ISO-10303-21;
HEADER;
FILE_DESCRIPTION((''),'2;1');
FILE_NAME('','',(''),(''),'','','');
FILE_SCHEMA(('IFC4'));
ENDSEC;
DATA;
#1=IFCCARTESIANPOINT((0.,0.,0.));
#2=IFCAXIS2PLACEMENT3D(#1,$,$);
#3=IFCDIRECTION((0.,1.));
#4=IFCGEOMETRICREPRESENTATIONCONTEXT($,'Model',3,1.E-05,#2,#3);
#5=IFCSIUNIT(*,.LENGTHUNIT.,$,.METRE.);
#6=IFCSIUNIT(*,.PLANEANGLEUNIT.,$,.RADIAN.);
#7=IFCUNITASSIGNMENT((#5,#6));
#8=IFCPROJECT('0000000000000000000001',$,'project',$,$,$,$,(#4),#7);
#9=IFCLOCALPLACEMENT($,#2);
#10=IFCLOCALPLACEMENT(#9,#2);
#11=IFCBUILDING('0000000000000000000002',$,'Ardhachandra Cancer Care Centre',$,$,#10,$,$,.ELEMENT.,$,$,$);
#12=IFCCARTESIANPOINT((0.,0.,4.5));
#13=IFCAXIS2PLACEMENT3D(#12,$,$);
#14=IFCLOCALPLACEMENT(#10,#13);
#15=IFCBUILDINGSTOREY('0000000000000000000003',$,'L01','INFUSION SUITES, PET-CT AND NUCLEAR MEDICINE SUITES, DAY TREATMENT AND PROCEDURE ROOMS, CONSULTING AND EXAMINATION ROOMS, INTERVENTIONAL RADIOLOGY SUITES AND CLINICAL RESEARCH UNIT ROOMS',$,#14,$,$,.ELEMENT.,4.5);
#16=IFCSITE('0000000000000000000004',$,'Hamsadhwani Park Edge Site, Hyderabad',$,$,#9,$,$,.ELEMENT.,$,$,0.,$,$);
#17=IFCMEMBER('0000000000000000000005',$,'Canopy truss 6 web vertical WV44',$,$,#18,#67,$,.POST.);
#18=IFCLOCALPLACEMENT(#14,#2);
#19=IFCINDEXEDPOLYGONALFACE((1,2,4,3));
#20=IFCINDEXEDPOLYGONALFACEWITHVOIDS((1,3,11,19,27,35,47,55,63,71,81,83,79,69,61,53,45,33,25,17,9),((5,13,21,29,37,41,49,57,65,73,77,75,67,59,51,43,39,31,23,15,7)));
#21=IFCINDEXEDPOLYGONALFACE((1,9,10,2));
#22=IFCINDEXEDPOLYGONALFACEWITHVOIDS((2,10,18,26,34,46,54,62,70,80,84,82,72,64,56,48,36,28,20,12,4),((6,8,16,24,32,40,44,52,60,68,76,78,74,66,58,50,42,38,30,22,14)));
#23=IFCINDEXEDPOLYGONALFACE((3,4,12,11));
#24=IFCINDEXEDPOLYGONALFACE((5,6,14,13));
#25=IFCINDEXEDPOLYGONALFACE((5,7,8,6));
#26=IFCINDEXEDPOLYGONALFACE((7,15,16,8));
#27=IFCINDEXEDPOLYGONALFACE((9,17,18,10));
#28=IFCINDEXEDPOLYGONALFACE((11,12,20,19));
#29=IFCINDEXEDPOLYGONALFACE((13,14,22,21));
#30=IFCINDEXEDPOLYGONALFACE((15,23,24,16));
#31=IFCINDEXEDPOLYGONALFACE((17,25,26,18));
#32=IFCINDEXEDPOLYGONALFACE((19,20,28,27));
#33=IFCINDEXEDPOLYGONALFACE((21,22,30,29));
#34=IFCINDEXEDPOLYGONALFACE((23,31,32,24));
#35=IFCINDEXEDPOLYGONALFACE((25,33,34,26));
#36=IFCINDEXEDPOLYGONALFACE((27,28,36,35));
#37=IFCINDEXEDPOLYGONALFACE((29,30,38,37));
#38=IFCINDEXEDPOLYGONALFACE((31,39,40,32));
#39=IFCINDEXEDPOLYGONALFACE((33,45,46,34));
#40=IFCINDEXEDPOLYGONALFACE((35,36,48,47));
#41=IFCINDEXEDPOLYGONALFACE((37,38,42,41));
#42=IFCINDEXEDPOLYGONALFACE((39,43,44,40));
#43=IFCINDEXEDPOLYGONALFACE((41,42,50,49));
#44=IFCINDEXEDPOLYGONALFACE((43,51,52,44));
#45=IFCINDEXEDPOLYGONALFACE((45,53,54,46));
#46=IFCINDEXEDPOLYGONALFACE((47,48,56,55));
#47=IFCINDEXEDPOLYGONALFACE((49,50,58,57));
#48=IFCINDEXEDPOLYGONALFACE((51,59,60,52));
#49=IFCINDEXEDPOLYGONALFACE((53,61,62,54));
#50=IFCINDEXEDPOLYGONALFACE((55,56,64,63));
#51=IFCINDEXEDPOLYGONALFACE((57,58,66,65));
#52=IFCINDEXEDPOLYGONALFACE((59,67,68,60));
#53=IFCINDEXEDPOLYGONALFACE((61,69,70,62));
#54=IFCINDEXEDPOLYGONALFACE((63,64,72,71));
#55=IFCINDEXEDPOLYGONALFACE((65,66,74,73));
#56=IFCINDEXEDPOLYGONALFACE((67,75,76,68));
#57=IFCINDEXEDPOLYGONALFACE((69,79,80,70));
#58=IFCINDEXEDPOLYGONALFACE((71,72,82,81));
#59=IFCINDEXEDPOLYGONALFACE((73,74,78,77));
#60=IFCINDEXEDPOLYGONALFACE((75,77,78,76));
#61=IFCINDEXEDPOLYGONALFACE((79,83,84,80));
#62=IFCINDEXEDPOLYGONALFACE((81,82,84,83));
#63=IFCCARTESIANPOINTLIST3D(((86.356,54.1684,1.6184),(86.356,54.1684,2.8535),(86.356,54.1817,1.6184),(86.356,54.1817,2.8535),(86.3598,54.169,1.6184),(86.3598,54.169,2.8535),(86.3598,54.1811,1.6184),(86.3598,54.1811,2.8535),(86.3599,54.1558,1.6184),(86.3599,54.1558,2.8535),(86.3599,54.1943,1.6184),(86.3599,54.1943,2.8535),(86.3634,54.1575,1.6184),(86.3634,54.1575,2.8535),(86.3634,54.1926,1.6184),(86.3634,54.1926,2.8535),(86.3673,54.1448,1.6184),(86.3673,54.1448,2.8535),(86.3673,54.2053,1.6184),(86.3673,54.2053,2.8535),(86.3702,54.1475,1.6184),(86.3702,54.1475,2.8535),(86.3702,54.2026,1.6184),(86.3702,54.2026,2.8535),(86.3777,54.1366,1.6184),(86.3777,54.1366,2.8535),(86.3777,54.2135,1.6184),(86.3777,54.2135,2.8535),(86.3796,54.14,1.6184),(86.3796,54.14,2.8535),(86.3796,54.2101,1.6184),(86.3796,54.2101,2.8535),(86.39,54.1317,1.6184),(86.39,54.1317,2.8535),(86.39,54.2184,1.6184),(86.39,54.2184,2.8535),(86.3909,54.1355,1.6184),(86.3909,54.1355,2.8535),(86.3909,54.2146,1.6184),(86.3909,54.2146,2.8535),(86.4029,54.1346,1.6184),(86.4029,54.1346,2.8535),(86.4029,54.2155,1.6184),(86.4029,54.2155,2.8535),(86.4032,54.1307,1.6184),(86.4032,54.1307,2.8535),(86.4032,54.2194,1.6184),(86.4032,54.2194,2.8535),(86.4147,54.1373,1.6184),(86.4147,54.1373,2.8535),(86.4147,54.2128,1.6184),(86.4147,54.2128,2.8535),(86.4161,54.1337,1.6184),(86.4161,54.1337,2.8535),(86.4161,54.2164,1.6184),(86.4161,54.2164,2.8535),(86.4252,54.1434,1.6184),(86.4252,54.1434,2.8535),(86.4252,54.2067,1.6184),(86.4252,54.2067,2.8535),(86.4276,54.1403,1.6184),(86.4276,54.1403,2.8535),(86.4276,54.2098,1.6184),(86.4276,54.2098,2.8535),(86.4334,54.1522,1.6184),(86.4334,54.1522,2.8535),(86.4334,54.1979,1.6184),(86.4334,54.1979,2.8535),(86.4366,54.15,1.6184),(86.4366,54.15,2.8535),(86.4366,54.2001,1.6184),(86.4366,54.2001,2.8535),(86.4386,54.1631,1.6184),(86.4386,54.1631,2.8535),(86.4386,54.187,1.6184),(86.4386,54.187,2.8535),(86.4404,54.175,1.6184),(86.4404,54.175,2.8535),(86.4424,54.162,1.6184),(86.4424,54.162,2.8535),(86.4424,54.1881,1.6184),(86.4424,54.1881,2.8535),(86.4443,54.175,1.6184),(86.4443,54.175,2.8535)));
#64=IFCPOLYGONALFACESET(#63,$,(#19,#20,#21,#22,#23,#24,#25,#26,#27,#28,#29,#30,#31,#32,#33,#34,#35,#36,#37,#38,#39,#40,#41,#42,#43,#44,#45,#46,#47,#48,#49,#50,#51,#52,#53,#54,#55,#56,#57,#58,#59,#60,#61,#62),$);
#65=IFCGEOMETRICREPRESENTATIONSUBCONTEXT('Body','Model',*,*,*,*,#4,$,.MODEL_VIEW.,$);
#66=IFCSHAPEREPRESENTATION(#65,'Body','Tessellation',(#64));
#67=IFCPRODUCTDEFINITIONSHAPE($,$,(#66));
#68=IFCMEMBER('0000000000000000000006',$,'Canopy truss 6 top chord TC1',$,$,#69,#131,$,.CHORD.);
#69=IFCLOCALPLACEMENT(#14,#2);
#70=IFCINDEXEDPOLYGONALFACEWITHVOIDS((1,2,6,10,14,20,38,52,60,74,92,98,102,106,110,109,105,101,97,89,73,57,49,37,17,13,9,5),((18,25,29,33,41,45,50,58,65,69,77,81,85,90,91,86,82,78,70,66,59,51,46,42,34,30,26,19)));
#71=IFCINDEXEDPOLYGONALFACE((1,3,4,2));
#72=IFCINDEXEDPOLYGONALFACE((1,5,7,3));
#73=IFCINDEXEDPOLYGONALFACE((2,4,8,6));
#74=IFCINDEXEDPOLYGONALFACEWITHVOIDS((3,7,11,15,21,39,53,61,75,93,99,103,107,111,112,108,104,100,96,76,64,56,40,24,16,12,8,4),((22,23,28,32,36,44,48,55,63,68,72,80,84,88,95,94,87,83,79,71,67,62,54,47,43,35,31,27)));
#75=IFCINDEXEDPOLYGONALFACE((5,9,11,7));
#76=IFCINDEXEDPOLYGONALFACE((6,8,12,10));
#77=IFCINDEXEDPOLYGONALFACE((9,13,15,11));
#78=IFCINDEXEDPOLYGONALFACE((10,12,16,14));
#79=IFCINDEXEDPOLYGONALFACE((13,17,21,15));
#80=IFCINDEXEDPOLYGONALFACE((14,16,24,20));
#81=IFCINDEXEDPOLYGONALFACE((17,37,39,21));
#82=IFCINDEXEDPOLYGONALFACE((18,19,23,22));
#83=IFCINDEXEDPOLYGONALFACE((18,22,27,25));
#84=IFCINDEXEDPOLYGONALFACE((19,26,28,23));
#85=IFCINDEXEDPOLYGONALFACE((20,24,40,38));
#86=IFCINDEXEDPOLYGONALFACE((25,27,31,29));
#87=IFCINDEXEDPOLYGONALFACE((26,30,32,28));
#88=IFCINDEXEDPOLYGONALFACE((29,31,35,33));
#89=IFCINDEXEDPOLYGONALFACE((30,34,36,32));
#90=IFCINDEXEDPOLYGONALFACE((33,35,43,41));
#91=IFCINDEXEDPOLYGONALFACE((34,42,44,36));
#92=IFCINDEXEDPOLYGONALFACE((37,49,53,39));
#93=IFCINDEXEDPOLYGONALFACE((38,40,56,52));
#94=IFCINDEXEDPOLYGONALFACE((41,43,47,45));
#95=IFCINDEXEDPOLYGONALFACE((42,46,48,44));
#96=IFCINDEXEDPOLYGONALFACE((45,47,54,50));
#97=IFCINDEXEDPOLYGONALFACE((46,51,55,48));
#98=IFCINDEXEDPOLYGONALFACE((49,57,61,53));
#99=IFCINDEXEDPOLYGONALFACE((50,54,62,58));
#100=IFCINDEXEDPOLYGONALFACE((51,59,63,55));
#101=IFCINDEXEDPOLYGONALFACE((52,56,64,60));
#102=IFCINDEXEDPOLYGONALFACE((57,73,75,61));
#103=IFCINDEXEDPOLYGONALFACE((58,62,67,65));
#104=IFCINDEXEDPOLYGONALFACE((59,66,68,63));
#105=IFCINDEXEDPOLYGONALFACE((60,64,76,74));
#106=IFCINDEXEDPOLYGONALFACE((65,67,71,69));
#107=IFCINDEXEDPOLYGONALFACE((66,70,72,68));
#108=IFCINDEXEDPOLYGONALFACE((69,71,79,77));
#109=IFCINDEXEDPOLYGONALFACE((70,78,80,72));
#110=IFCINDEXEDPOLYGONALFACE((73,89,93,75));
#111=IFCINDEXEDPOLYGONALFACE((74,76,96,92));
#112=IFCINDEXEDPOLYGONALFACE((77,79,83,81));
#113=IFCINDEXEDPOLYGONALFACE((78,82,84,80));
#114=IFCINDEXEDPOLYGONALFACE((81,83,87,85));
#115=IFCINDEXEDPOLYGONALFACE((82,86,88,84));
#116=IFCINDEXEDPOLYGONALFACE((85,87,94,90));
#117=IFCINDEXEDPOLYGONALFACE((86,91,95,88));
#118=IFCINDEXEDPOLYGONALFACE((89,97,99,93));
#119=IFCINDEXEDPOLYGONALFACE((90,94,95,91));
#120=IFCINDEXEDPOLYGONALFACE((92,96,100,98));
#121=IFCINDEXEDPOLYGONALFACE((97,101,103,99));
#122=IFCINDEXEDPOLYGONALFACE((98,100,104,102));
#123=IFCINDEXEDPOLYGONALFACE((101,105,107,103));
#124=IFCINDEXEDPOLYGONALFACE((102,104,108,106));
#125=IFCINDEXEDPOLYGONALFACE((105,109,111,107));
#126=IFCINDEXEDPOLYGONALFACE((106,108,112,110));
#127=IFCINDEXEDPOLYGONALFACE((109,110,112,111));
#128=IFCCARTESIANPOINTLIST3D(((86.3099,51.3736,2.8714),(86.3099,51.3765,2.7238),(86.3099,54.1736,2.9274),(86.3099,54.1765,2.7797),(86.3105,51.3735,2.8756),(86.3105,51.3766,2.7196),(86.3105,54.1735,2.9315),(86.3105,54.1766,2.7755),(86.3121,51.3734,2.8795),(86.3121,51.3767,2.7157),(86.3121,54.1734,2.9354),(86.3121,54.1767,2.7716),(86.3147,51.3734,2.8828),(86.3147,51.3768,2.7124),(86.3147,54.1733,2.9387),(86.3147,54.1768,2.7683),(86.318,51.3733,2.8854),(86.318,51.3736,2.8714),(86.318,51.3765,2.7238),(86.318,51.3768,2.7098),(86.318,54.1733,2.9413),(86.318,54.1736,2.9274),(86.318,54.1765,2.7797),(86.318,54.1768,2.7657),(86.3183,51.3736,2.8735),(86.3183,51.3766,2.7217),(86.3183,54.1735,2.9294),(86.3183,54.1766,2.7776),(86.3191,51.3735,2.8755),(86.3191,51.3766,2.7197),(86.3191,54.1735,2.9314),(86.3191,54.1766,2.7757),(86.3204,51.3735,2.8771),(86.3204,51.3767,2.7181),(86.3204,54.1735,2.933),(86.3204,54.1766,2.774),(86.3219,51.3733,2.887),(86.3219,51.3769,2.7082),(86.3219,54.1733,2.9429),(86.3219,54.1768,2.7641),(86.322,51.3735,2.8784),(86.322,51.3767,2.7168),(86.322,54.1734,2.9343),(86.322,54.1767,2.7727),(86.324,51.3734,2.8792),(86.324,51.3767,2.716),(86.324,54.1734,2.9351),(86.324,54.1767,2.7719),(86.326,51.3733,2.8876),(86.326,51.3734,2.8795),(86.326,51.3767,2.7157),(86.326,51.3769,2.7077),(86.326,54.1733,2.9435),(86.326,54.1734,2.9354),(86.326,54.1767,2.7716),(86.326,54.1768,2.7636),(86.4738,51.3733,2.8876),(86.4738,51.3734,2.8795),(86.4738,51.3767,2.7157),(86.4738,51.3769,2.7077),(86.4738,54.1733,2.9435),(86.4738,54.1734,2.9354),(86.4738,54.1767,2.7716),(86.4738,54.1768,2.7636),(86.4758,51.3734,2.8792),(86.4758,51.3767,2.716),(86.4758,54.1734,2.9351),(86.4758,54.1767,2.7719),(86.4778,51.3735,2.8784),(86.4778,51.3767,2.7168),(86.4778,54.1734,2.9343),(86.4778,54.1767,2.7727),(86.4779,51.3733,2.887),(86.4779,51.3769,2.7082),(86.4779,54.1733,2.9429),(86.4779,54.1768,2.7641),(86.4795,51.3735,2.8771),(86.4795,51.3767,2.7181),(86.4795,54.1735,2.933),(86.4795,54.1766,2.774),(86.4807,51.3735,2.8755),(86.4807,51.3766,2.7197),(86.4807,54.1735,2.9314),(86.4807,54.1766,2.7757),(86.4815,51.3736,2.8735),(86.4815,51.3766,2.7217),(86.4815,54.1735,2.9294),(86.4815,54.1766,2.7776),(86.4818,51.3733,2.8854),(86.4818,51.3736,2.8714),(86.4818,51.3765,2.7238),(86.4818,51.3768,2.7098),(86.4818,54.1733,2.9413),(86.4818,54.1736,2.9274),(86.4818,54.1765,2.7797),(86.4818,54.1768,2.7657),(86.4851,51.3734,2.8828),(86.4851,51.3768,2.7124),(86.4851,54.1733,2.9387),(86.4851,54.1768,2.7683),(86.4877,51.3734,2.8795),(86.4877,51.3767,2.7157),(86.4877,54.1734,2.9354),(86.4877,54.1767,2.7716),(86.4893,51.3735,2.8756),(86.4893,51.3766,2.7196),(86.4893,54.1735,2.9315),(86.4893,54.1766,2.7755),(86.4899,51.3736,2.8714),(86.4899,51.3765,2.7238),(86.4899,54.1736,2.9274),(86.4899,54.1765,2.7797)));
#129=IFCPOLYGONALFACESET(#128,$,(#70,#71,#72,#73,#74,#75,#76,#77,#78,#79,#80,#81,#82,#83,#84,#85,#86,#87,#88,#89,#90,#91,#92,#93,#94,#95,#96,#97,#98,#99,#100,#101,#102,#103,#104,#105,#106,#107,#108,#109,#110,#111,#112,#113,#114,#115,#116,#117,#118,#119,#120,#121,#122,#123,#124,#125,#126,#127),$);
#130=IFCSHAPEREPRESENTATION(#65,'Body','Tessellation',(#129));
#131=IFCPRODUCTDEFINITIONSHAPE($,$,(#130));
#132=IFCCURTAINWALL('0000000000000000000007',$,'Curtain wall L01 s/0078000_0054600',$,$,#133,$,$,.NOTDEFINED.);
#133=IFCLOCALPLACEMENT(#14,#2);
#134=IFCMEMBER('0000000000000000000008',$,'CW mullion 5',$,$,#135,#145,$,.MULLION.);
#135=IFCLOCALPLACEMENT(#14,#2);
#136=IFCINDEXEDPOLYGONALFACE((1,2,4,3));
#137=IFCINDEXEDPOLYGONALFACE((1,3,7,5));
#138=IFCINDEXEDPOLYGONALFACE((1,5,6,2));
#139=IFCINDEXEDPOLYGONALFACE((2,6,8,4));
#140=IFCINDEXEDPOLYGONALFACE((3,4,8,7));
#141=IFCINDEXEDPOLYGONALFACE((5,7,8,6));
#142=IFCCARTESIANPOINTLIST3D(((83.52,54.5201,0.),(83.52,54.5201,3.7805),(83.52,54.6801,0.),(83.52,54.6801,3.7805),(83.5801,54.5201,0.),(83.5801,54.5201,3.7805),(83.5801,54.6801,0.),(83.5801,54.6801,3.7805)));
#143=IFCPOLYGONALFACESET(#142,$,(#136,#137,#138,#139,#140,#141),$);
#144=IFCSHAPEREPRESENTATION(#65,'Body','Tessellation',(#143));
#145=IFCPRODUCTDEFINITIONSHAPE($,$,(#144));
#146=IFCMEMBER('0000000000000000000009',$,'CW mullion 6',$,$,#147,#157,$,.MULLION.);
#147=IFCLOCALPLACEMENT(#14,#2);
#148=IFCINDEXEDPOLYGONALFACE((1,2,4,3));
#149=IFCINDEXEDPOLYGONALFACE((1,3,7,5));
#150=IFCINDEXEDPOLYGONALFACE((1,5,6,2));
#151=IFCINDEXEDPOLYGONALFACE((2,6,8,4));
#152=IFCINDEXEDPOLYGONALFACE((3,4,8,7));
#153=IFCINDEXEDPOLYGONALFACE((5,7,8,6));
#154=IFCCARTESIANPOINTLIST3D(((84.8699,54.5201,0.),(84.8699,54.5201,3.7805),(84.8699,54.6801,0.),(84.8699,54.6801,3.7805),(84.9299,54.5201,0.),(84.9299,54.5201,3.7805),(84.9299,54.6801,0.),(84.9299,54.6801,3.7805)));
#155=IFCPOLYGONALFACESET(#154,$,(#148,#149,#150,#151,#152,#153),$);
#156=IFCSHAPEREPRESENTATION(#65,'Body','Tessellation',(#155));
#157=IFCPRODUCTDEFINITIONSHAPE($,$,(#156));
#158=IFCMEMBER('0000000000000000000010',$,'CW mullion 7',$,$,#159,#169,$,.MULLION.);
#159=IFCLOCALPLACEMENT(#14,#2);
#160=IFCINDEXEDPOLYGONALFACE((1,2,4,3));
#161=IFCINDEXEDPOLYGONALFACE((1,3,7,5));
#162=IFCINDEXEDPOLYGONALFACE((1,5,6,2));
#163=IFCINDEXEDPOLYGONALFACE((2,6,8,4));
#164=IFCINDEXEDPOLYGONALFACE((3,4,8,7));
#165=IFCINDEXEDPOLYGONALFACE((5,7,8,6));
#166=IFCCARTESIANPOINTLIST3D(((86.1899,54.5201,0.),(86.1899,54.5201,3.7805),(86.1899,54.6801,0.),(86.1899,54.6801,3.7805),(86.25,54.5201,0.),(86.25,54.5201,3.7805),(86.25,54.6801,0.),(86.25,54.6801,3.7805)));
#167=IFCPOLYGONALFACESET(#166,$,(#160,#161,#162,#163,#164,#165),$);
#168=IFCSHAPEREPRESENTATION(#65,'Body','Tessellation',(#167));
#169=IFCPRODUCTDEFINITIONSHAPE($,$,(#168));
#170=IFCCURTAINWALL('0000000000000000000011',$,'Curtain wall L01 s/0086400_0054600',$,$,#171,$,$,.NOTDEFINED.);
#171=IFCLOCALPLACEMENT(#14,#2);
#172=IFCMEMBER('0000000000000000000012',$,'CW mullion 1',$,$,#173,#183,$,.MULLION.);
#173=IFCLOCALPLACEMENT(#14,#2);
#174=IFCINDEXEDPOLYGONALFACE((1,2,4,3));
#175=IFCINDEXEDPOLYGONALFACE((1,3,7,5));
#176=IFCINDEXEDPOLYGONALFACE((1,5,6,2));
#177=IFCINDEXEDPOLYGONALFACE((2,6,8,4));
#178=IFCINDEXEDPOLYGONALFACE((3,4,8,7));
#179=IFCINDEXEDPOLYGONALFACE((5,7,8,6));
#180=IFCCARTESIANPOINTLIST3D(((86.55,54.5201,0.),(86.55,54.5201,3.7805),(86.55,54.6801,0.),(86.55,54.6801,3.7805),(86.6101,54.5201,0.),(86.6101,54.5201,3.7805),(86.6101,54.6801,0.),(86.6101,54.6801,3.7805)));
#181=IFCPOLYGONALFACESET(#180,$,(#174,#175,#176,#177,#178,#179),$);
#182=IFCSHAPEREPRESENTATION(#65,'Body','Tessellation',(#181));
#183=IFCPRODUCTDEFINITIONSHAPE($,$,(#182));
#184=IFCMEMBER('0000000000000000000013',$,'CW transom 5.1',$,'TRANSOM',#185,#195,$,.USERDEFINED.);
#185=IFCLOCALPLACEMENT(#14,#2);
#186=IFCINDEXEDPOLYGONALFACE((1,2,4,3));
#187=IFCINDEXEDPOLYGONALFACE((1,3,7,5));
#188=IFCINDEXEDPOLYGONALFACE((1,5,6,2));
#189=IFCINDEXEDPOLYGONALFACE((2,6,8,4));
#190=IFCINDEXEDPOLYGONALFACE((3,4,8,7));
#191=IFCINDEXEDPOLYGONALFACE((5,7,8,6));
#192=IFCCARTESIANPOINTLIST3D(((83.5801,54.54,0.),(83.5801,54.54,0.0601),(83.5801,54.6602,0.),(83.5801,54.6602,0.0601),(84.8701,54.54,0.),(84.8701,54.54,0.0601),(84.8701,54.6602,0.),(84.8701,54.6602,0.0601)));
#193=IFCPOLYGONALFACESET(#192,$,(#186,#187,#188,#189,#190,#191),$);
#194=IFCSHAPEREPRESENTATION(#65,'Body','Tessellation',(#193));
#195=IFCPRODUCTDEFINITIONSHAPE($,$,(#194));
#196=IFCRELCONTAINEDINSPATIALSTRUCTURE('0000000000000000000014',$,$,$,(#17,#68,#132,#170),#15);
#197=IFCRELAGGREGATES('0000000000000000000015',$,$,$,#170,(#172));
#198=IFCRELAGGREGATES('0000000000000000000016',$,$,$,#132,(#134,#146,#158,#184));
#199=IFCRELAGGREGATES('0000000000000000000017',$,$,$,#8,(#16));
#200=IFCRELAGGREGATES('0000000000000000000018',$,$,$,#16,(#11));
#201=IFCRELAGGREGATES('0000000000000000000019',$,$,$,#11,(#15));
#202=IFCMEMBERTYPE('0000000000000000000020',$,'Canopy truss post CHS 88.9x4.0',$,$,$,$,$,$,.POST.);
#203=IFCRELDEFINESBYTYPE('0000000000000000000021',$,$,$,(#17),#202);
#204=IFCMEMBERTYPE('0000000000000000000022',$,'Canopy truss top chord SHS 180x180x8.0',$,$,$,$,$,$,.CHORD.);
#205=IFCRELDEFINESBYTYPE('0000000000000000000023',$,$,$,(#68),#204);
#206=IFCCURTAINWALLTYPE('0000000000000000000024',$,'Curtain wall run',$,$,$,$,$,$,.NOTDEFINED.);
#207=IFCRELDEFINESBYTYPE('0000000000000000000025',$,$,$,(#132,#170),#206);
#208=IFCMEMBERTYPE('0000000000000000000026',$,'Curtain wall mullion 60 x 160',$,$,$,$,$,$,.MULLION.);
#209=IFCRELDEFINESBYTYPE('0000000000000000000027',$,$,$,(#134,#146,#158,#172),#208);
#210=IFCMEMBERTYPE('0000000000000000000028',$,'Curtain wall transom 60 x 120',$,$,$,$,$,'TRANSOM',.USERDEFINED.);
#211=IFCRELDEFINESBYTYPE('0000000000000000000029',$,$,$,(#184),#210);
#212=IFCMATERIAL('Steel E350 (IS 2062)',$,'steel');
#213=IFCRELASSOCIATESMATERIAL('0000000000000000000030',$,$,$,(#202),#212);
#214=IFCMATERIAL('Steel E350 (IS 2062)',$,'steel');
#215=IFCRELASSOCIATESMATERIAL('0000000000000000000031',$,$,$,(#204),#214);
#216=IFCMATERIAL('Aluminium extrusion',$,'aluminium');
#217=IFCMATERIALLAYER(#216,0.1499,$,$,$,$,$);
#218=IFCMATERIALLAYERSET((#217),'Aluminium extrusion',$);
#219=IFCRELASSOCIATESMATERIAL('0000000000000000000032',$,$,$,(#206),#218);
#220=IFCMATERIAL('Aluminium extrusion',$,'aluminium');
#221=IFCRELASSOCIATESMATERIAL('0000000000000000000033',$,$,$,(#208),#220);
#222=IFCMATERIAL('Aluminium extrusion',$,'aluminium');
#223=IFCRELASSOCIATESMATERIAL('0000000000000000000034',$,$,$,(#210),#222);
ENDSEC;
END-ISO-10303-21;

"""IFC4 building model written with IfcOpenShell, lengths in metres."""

from ifc_helpers import new_model, si_unit, direction, frame, origin, origin_2d, place, context, subcontext, project, spatial, rectangle, hollow_rectangle, hollow_circle, extrude, material, layer, layer_set, material_profile, profile_set, type_object, element, aggregate, save


model = new_model("IFC4")

# Units and contexts
model_context = context("Model", 3, precision=1e-05, world=origin(), true_north=direction((0.0, 1.0)))
body_context = subcontext(model_context, "Body", "Model", "MODEL_VIEW")
ifc_project = project(units=[si_unit("LENGTHUNIT", "METRE"), si_unit("PLANEANGLEUNIT", "RADIAN")], contexts=[model_context])

# Site, building, storey
site_placement = place(None, origin())
site = spatial("IfcSite", under=ifc_project, at=site_placement, Name="Hamsadhwani Park Edge Site, Hyderabad", CompositionType="ELEMENT", RefElevation=0.0)
building_placement = place(site_placement, origin())
building = spatial("IfcBuilding", under=site, at=building_placement, Name="Ardhachandra Cancer Care Centre", CompositionType="ELEMENT")
storey_placement = place(building_placement, frame((0.0, 0.0, 4.5)))
storey = spatial("IfcBuildingStorey", under=building, at=storey_placement, Name="L01", Description="INFUSION SUITES, PET-CT AND NUCLEAR MEDICINE SUITES, DAY TREATMENT AND PROCEDURE ROOMS, CONSULTING AND EXAMINATION ROOMS, INTERVENTIONAL RADIOLOGY SUITES AND CLINICAL RESEARCH UNIT ROOMS", CompositionType="ELEMENT", Elevation=4.5)

# Members
ifc_material_1 = material(Name="Steel E350 (IS 2062)", Category="steel")
ifc_material_profile_1 = material_profile(ifc_material_1, hollow_circle(Radius=0.0444, WallThickness=0.0039, at=origin_2d()), Name="CHS 88.9x4.0")
ifc_profile_set_1 = profile_set([ifc_material_profile_1], Name="Steel E350 (IS 2062)")
member_type_1 = type_object("IfcMemberType", Name="Canopy truss post CHS 88.9x4.0", PredefinedType="POST", material=ifc_profile_set_1)
member_1_placement = place(storey_placement, frame((86.3999, 54.175, 2.8535), z_axis=(0.0, 0.0, -1.0), x_axis=(1.0, 0.0, 0.0)))
element("IfcMember", 1, at=member_1_placement, inside=storey, type_object=member_type_1, Name="Canopy truss 6 web vertical WV44", PredefinedType="POST", context=body_context, shape_type="SweptSolid", body=[
    extrude(hollow_circle(Radius=0.0444, WallThickness=0.0039, at=origin_2d()), origin(), (0.0, 0.0, 1.0), 1.2351),
])
ifc_material_2 = material(Name="Steel E350 (IS 2062)", Category="steel")
ifc_material_profile_2 = material_profile(ifc_material_2, hollow_rectangle(XDim=0.1799, YDim=0.1799, WallThickness=0.0081, InnerFilletRadius=0.0081, OuterFilletRadius=0.0161, at=origin_2d()), Name="SHS 180x180x8.0")
ifc_profile_set_2 = profile_set([ifc_material_profile_2], Name="Steel E350 (IS 2062)")
member_type_2 = type_object("IfcMemberType", Name="Canopy truss top chord SHS 180x180x8.0", PredefinedType="CHORD", material=ifc_profile_set_2)
member_2_placement = place(storey_placement, frame((86.3999, 54.175, 2.8535), z_axis=(0.0, -0.999801, -0.019963), x_axis=(1.0, 0.0, 0.0)))
element("IfcMember", 2, at=member_2_placement, inside=storey, type_object=member_type_2, Name="Canopy truss 6 top chord TC1", PredefinedType="CHORD", context=body_context, shape_type="SweptSolid", body=[
    extrude(hollow_rectangle(XDim=0.1799, YDim=0.1799, WallThickness=0.0081, InnerFilletRadius=0.0081, OuterFilletRadius=0.0161, at=origin_2d()), origin(), (0.0, 0.0, 1.0), 2.8005),
])

# Curtain wall, members
ifc_material_3 = material(Name="Aluminium extrusion", Category="aluminium")
ifc_layer_1 = layer(ifc_material_3, 0.1499)
ifc_layer_set_1 = layer_set([ifc_layer_1], Name="Aluminium extrusion")
curtain_wall_type = type_object("IfcCurtainWallType", Name="Curtain wall run", PredefinedType="NOTDEFINED", material=ifc_layer_set_1)
curtain_wall_1_placement = place(storey_placement, origin())
curtain_wall_1 = element("IfcCurtainWall", 3, at=curtain_wall_1_placement, inside=storey, type_object=curtain_wall_type, Name="Curtain wall L01 s/0078000_0054600", PredefinedType="NOTDEFINED")
ifc_material_4 = material(Name="Aluminium extrusion", Category="aluminium")
ifc_material_profile_3 = material_profile(ifc_material_4, rectangle(XDim=0.1599, YDim=0.0601, at=origin_2d()), Name="Curtain wall mullion 60 x 160")
ifc_profile_set_3 = profile_set([ifc_material_profile_3], Name="Aluminium extrusion")
member_type_3 = type_object("IfcMemberType", Name="Curtain wall mullion 60 x 160", PredefinedType="MULLION", material=ifc_profile_set_3)
member_3_placement = place(storey_placement, frame((83.55, 54.6001, 0.0), z_axis=(0.0, 0.0, 1.0), x_axis=(0.0, 1.0, 0.0)))
member_3 = element("IfcMember", 4, at=member_3_placement, type_object=member_type_3, Name="CW mullion 5", PredefinedType="MULLION", context=body_context, shape_type="SweptSolid", body=[
    extrude(rectangle(XDim=0.1599, YDim=0.0601, at=origin_2d()), origin(), (0.0, 0.0, 1.0), 3.7805),
])
member_4_placement = place(storey_placement, frame((84.8999, 54.6001, 0.0), z_axis=(0.0, 0.0, 1.0), x_axis=(0.0, 1.0, 0.0)))
member_4 = element("IfcMember", 5, at=member_4_placement, type_object=member_type_3, Name="CW mullion 6", PredefinedType="MULLION", context=body_context, shape_type="SweptSolid", body=[
    extrude(rectangle(XDim=0.1599, YDim=0.0601, at=origin_2d()), origin(), (0.0, 0.0, 1.0), 3.7805),
])
member_5_placement = place(storey_placement, frame((86.22, 54.6001, 0.0), z_axis=(0.0, 0.0, 1.0), x_axis=(0.0, 1.0, 0.0)))
member_5 = element("IfcMember", 6, at=member_5_placement, type_object=member_type_3, Name="CW mullion 7", PredefinedType="MULLION", context=body_context, shape_type="SweptSolid", body=[
    extrude(rectangle(XDim=0.1599, YDim=0.0601, at=origin_2d()), origin(), (0.0, 0.0, 1.0), 3.7805),
])

# Curtain wall, member
curtain_wall_2_placement = place(storey_placement, origin())
curtain_wall_2 = element("IfcCurtainWall", 7, at=curtain_wall_2_placement, inside=storey, type_object=curtain_wall_type, Name="Curtain wall L01 s/0086400_0054600", PredefinedType="NOTDEFINED")
member_6_placement = place(storey_placement, frame((86.5801, 54.6001, 0.0), z_axis=(0.0, 0.0, 1.0), x_axis=(0.0, 1.0, 0.0)))
member_6 = element("IfcMember", 8, at=member_6_placement, type_object=member_type_3, Name="CW mullion 1", PredefinedType="MULLION", context=body_context, shape_type="SweptSolid", body=[
    extrude(rectangle(XDim=0.1599, YDim=0.0601, at=origin_2d()), origin(), (0.0, 0.0, 1.0), 3.7805),
])

# Member
ifc_material_5 = material(Name="Aluminium extrusion", Category="aluminium")
ifc_material_profile_4 = material_profile(ifc_material_5, rectangle(XDim=0.1201, YDim=0.0601, at=origin_2d()), Name="Curtain wall transom 60 x 120")
ifc_profile_set_4 = profile_set([ifc_material_profile_4], Name="Aluminium extrusion")
member_type_4 = type_object("IfcMemberType", Name="Curtain wall transom 60 x 120", ElementType="TRANSOM", PredefinedType="USERDEFINED", material=ifc_profile_set_4)
member_7_placement = place(storey_placement, frame((83.5801, 54.6001, 0.03), z_axis=(1.0, 0.0, 0.0), x_axis=(0.0, 1.0, 0.0)))
member_7 = element("IfcMember", 9, at=member_7_placement, type_object=member_type_4, Name="CW transom 5.1", ObjectType="TRANSOM", PredefinedType="USERDEFINED", context=body_context, shape_type="SweptSolid", body=[
    extrude(rectangle(XDim=0.1201, YDim=0.0601, at=origin_2d()), origin(), (0.0, 0.0, 1.0), 1.29),
])
aggregate(curtain_wall_2, [member_6])

aggregate(curtain_wall_1, [member_3, member_4, member_5, member_7])

save(model, "model.ifc")
